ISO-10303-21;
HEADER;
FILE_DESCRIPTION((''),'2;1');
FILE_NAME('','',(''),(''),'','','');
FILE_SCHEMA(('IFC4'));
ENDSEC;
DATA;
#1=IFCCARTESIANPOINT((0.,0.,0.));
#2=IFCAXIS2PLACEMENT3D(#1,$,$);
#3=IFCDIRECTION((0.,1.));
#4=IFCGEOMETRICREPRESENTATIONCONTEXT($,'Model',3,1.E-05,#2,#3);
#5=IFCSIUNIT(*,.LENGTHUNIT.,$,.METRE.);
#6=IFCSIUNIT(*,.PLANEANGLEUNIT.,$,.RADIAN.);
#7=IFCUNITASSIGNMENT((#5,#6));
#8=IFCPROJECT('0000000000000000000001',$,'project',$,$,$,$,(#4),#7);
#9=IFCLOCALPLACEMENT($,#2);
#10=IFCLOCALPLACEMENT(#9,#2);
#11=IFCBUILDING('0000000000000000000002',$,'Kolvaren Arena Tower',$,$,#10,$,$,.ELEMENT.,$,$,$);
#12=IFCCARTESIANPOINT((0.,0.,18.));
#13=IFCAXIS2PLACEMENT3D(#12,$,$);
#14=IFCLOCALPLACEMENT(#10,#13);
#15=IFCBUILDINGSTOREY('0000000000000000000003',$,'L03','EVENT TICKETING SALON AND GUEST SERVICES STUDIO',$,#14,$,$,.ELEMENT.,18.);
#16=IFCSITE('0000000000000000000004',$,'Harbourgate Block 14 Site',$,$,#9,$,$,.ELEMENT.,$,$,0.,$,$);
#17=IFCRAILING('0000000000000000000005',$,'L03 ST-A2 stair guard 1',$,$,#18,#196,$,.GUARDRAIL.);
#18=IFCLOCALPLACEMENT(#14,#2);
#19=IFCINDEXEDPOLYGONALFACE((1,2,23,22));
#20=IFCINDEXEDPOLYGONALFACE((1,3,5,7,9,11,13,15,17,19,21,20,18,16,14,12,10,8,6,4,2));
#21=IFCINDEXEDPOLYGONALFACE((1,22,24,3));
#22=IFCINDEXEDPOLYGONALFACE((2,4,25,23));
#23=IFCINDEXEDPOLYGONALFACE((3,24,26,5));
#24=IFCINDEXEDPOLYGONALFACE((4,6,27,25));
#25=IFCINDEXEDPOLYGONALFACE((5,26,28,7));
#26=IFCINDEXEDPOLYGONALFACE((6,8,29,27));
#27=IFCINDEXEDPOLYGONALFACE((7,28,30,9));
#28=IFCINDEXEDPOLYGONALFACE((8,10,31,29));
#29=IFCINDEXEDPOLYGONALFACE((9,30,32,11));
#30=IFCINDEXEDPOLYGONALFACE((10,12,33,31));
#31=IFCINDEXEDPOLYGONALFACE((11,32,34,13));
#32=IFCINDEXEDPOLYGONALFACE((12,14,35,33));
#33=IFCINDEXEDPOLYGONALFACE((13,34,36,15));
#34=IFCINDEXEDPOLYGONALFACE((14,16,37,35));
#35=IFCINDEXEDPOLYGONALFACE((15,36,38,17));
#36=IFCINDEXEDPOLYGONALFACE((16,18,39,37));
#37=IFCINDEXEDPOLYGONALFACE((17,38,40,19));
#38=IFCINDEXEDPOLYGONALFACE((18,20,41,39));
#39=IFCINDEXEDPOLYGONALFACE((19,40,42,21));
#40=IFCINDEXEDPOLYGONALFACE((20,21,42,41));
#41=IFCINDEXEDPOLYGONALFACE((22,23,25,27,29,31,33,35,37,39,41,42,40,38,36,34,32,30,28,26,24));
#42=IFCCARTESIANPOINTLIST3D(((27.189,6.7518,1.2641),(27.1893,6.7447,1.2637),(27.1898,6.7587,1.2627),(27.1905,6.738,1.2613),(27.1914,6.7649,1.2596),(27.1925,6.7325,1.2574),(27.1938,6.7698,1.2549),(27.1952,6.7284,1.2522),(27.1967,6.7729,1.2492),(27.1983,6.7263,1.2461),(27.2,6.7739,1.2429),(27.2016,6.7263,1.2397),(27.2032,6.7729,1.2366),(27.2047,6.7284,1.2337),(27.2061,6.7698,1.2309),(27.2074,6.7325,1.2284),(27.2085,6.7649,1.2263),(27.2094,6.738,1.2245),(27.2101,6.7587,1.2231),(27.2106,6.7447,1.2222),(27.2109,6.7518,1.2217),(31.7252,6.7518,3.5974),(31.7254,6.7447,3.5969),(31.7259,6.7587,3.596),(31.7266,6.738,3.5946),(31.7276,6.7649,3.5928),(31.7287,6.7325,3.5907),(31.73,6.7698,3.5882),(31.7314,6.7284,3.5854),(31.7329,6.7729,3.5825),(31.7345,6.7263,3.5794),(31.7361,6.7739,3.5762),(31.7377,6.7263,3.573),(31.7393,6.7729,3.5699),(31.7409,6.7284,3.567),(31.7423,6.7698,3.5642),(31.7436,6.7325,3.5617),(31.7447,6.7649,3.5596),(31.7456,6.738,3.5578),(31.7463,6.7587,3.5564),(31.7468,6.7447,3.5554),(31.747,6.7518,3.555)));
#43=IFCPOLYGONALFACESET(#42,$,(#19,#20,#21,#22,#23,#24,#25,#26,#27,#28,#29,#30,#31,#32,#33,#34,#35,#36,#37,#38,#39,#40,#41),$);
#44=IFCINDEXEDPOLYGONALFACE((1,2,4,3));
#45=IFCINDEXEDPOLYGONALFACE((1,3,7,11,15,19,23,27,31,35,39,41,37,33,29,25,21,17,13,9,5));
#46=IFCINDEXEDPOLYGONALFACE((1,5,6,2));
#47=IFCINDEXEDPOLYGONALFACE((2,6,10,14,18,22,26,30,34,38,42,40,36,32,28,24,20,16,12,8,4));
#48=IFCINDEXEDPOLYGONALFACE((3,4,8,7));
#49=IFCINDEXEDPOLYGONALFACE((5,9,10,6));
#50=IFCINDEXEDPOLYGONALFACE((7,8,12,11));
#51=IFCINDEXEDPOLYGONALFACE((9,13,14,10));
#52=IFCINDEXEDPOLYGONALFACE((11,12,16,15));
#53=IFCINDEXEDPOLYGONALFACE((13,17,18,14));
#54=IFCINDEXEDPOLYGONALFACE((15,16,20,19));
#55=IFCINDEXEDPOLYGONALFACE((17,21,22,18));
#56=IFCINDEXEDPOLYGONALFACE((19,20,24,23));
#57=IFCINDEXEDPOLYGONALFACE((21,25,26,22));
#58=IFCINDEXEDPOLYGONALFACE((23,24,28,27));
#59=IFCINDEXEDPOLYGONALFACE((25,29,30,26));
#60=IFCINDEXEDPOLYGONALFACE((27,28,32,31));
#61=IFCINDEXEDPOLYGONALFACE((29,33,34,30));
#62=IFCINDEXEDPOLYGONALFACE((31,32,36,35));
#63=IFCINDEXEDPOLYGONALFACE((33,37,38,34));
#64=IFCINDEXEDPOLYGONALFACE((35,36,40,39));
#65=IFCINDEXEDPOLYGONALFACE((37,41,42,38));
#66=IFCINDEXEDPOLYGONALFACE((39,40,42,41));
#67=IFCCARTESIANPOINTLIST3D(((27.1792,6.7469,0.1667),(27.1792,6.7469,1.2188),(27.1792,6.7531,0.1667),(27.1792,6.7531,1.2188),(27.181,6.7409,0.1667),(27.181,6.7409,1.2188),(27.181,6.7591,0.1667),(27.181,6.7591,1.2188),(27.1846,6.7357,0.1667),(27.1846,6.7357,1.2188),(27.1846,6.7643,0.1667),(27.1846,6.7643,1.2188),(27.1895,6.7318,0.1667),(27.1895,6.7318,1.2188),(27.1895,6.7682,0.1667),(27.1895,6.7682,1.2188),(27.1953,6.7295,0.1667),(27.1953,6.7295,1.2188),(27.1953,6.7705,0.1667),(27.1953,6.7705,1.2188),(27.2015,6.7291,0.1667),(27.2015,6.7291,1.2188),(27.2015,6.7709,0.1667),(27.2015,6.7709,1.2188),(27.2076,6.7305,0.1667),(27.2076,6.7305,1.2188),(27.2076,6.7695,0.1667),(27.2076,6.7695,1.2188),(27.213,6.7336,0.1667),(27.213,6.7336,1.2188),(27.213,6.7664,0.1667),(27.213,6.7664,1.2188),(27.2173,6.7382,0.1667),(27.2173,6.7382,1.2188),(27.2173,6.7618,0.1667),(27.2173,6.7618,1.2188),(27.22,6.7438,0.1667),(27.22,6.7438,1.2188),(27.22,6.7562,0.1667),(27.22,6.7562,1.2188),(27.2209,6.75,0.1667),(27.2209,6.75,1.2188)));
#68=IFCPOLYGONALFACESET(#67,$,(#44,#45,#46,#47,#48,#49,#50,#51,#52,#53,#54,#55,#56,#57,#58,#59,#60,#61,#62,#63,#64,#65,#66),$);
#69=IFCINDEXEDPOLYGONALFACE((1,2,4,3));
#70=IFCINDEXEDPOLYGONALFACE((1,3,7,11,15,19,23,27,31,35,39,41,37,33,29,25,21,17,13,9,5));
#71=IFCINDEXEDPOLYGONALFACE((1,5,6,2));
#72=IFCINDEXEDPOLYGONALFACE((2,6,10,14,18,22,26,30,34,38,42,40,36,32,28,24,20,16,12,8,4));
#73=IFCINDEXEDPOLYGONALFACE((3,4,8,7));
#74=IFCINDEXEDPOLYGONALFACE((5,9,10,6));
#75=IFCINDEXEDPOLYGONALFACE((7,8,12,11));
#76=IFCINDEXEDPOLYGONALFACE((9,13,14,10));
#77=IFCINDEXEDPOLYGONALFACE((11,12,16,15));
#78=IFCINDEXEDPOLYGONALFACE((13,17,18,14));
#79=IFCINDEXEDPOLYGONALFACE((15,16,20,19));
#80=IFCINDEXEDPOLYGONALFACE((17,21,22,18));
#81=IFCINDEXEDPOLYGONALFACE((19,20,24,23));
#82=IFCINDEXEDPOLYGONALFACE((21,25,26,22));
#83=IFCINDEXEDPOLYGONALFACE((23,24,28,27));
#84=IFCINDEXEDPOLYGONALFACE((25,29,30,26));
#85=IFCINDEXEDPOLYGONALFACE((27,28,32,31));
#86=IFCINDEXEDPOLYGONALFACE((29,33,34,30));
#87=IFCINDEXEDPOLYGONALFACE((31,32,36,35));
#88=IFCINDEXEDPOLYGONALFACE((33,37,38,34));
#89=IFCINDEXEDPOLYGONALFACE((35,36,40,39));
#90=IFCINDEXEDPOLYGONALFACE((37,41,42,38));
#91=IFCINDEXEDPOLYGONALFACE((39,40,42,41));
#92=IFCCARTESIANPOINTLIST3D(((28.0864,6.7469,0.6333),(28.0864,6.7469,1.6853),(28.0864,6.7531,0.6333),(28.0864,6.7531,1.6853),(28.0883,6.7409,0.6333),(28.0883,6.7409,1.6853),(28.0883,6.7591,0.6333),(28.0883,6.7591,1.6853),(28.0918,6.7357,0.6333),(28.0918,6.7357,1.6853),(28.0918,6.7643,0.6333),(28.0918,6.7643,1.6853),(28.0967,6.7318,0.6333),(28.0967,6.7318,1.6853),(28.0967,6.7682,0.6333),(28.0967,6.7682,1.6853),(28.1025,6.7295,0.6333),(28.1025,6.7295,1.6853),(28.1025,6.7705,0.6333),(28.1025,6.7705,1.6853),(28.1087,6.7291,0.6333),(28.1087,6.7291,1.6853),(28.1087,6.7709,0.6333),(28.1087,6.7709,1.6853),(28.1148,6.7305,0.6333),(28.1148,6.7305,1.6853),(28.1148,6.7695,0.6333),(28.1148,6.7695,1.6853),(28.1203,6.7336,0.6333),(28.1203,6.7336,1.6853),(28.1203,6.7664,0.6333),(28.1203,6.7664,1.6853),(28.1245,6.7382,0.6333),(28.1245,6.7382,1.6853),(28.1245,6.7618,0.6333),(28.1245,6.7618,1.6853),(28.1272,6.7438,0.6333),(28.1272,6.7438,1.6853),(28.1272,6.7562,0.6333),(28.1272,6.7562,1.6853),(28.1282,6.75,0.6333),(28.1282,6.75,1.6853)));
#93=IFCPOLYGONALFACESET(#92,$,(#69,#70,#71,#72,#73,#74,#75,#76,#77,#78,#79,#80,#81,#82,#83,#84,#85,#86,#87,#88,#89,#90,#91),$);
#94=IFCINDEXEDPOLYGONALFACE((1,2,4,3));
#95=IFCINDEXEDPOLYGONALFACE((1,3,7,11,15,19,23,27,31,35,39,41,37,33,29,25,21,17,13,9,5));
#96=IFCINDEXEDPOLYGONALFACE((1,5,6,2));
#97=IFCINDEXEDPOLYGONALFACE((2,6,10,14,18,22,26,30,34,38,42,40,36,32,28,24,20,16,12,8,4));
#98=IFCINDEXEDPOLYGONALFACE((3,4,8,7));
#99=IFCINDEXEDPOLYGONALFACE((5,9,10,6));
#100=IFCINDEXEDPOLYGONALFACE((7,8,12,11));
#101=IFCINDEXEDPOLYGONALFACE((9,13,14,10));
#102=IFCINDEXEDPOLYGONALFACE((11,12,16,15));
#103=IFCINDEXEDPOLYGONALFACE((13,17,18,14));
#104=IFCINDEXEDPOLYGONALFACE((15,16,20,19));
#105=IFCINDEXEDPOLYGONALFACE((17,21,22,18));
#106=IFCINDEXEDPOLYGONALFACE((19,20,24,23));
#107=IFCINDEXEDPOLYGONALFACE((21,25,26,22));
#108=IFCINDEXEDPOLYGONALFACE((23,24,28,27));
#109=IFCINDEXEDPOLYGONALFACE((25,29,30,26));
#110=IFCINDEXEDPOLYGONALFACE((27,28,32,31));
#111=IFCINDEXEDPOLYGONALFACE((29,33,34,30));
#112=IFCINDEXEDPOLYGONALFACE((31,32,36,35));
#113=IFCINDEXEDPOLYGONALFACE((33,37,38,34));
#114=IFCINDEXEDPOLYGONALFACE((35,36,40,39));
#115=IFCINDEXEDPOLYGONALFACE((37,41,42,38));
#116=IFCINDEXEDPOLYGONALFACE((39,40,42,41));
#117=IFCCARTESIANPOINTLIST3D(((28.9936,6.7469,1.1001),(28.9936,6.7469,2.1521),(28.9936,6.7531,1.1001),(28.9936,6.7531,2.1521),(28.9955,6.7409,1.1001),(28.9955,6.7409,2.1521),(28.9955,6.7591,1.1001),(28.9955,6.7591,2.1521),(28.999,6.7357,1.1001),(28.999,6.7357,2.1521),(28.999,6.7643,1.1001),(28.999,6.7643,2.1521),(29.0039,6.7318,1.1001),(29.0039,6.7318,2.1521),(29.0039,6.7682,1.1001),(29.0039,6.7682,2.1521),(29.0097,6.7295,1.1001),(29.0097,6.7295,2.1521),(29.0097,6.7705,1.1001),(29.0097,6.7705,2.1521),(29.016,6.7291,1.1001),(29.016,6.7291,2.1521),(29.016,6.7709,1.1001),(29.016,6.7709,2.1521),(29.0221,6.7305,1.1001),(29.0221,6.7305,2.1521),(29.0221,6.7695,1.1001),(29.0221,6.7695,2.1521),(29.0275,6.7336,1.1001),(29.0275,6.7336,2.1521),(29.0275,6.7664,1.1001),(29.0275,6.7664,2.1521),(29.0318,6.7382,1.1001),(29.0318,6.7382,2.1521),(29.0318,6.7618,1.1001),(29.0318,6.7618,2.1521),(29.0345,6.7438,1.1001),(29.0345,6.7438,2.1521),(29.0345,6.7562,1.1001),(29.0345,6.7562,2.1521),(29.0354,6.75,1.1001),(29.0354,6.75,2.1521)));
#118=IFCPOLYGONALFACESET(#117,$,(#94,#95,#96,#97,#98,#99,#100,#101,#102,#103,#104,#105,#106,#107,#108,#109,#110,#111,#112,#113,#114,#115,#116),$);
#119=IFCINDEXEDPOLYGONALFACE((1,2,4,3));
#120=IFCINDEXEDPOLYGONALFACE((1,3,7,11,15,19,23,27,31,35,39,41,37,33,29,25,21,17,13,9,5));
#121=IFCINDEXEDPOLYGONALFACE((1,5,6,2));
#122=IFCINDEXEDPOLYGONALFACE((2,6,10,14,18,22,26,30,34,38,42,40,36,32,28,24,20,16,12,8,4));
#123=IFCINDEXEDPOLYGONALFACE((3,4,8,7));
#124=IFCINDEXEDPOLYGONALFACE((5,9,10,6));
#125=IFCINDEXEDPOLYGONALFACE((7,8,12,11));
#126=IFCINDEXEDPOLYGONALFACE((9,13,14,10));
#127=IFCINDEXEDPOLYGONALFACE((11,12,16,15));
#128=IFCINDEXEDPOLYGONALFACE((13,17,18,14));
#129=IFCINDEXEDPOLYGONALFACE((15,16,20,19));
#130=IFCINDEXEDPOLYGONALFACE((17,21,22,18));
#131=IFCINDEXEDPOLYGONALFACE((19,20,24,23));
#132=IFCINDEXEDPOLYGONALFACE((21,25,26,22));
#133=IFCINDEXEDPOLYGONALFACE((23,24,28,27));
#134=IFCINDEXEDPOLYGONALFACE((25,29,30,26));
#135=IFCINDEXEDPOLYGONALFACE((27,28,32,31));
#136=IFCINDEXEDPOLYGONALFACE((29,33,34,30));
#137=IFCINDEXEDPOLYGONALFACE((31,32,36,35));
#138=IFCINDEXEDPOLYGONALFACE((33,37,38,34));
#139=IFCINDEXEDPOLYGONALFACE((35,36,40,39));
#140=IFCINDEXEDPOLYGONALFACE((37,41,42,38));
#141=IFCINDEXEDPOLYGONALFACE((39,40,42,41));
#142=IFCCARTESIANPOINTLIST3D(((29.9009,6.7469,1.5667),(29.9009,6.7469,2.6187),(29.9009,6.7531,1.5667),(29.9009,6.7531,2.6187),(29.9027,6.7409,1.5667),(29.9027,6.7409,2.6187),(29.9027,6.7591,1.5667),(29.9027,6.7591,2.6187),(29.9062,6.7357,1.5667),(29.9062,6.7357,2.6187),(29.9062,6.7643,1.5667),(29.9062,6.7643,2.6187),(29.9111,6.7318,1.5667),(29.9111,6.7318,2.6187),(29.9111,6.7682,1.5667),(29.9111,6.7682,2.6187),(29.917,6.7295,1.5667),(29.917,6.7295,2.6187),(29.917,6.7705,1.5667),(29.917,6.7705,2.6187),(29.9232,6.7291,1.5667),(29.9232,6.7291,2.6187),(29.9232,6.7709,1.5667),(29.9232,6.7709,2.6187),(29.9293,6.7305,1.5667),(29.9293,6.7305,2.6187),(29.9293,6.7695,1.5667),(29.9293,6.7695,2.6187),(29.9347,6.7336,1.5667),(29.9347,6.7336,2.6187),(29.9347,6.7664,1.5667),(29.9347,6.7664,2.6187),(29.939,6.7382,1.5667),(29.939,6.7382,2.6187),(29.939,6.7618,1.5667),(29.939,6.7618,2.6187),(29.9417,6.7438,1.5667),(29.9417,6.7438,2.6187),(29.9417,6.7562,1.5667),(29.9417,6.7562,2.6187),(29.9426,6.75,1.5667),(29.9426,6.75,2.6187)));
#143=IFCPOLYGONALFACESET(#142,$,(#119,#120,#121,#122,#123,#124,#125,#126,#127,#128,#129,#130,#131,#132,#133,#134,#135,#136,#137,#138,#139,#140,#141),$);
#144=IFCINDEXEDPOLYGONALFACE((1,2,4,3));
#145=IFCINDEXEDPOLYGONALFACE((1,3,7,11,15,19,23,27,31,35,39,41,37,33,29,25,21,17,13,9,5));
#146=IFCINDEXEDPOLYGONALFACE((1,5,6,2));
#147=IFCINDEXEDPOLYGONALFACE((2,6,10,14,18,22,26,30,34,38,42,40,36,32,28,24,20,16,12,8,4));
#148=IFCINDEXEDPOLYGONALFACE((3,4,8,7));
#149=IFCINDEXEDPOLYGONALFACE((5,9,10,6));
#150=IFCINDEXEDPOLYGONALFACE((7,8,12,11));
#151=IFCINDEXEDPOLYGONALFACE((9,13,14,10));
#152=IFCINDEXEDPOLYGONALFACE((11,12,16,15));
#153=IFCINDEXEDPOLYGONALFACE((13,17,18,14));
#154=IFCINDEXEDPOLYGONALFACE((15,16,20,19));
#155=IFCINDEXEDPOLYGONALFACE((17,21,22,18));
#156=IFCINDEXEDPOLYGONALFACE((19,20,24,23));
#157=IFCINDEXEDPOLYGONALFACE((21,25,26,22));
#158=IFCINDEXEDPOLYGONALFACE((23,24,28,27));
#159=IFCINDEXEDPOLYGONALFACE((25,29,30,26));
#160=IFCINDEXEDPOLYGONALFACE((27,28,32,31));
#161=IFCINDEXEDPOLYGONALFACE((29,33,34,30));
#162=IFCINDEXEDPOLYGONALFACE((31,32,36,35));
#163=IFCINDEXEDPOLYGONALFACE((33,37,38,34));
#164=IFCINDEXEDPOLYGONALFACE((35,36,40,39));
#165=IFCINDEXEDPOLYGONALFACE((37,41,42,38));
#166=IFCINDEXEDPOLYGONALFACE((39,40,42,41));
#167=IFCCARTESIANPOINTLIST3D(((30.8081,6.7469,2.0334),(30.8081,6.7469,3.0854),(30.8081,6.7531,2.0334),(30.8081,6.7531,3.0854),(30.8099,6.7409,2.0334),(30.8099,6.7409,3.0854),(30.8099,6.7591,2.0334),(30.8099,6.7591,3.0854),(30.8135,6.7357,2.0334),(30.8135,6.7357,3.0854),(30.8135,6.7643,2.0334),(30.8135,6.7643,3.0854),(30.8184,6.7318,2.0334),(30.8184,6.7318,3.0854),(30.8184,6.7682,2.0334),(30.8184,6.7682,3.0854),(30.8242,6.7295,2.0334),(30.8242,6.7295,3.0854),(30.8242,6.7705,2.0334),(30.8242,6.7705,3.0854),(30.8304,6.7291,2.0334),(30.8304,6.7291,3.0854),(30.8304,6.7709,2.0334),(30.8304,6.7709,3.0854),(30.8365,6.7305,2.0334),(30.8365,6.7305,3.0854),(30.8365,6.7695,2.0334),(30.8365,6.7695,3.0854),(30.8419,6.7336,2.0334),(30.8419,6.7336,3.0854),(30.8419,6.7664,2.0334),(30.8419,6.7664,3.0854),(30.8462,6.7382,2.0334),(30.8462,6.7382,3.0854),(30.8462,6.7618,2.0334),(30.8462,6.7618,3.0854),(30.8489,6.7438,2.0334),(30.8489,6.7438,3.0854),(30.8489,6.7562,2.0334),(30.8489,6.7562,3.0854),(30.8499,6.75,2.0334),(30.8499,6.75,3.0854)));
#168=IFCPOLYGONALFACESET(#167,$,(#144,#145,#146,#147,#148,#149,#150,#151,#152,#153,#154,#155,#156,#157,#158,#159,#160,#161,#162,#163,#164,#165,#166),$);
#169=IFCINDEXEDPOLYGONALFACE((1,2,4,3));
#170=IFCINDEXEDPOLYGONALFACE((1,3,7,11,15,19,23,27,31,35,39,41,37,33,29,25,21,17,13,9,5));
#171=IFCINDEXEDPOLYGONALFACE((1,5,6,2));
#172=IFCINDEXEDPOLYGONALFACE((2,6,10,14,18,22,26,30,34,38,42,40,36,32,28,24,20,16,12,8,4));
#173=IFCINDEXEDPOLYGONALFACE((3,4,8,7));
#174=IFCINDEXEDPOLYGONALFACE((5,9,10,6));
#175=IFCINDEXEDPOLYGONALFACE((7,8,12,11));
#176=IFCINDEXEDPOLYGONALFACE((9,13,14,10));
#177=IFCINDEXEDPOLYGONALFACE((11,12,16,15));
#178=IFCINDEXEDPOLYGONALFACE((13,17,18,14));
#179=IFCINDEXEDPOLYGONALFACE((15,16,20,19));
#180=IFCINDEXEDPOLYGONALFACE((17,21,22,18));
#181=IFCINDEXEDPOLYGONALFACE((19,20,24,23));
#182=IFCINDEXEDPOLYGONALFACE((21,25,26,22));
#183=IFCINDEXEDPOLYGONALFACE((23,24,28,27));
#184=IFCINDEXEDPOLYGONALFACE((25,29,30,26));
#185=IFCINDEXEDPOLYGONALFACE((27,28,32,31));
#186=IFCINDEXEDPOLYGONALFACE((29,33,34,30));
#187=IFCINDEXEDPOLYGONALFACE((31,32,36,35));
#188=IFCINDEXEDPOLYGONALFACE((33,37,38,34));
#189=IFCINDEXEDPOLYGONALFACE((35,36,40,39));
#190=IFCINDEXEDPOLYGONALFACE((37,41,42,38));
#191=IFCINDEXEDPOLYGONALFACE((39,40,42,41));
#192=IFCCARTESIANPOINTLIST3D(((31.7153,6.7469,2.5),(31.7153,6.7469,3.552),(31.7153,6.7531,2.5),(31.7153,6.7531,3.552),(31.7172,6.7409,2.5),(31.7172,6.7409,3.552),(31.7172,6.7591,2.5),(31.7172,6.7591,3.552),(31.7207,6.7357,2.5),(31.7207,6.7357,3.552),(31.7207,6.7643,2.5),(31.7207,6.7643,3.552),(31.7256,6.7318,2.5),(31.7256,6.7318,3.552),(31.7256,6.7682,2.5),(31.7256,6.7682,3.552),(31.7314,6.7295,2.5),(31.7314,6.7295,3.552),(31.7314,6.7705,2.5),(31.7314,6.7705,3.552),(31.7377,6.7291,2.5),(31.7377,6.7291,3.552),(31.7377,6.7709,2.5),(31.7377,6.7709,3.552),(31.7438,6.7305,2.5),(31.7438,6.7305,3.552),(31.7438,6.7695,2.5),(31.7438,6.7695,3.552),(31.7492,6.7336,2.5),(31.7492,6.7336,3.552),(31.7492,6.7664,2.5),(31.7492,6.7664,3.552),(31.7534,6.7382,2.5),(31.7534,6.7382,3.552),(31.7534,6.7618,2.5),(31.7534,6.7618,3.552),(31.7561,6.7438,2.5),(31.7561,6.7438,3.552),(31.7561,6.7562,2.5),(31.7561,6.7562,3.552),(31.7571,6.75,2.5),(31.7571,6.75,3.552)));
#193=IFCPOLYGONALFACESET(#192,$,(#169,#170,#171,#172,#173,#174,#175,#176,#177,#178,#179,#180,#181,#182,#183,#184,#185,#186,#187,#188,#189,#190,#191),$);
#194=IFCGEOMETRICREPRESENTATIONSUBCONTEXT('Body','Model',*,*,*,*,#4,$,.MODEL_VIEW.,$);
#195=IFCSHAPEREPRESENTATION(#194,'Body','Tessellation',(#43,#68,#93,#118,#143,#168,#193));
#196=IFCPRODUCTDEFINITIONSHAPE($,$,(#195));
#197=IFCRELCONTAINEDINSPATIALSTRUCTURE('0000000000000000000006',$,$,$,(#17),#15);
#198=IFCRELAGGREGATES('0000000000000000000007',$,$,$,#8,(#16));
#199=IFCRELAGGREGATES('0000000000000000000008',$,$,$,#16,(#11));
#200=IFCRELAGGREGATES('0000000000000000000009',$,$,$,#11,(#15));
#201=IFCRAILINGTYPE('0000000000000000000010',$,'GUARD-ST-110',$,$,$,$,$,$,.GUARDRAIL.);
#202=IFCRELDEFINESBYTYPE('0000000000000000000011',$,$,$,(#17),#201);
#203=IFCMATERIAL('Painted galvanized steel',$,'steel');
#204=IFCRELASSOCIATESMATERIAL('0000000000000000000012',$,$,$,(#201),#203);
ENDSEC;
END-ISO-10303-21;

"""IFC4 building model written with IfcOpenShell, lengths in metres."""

from ifc_helpers import new_model, si_unit, direction, frame, origin, origin_2d, place, context, subcontext, project, spatial, circle, extrude, material, type_object, element, save


model = new_model("IFC4")

# Units and contexts
model_context = context("Model", 3, precision=1e-05, world=origin(), true_north=direction((0.0, 1.0)))
body_context = subcontext(model_context, "Body", "Model", "MODEL_VIEW")
ifc_project = project(units=[si_unit("LENGTHUNIT", "METRE"), si_unit("PLANEANGLEUNIT", "RADIAN")], contexts=[model_context])

# Site, building, storey
site_placement = place(None, origin())
site = spatial("IfcSite", under=ifc_project, at=site_placement, Name="Harbourgate Block 14 Site", CompositionType="ELEMENT", RefElevation=0.0)
building_placement = place(site_placement, origin())
building = spatial("IfcBuilding", under=site, at=building_placement, Name="Kolvaren Arena Tower", CompositionType="ELEMENT")
storey_placement = place(building_placement, frame((0.0, 0.0, 18.0)))
storey = spatial("IfcBuildingStorey", under=building, at=storey_placement, Name="L03", Description="EVENT TICKETING SALON AND GUEST SERVICES STUDIO", CompositionType="ELEMENT", Elevation=18.0)

# Railing
ifc_material_1 = material(Name="Painted galvanized steel", Category="steel")
railing_type_1 = type_object("IfcRailingType", Name="GUARD-ST-110", PredefinedType="GUARDRAIL", material=ifc_material_1)
railing_1_placement = place(storey_placement, frame((27.2, 6.75, 0.1667)))
element("IfcRailing", 1, at=railing_1_placement, inside=storey, type_object=railing_type_1, Name="L03 ST-A2 stair guard 1", PredefinedType="GUARDRAIL", context=body_context, shape_type="SweptSolid", body=[
    extrude(circle(Radius=0.0239, at=origin_2d()), frame((0.0, 0.0, 1.0762), z_axis=(0.889257, 0.0, 0.457407), x_axis=(0.0, 1.0, 0.0)), (0.0, 0.0, 1.0), 5.1011),
    extrude(circle(Radius=0.021, at=origin_2d()), origin(), (0.0, 0.0, 1.0), 1.052),
    extrude(circle(Radius=0.021, at=origin_2d()), frame((0.9072, 0.0, 0.4666)), (0.0, 0.0, 1.0), 1.052),
    extrude(circle(Radius=0.021, at=origin_2d()), frame((1.8145, 0.0, 0.9333)), (0.0, 0.0, 1.0), 1.052),
    extrude(circle(Radius=0.021, at=origin_2d()), frame((2.7217, 0.0, 1.3999)), (0.0, 0.0, 1.0), 1.052),
    extrude(circle(Radius=0.021, at=origin_2d()), frame((3.6289, 0.0, 1.8667)), (0.0, 0.0, 1.0), 1.052),
    extrude(circle(Radius=0.021, at=origin_2d()), frame((4.5361, 0.0, 2.3333)), (0.0, 0.0, 1.0), 1.052),
])

save(model, "model.ifc")
